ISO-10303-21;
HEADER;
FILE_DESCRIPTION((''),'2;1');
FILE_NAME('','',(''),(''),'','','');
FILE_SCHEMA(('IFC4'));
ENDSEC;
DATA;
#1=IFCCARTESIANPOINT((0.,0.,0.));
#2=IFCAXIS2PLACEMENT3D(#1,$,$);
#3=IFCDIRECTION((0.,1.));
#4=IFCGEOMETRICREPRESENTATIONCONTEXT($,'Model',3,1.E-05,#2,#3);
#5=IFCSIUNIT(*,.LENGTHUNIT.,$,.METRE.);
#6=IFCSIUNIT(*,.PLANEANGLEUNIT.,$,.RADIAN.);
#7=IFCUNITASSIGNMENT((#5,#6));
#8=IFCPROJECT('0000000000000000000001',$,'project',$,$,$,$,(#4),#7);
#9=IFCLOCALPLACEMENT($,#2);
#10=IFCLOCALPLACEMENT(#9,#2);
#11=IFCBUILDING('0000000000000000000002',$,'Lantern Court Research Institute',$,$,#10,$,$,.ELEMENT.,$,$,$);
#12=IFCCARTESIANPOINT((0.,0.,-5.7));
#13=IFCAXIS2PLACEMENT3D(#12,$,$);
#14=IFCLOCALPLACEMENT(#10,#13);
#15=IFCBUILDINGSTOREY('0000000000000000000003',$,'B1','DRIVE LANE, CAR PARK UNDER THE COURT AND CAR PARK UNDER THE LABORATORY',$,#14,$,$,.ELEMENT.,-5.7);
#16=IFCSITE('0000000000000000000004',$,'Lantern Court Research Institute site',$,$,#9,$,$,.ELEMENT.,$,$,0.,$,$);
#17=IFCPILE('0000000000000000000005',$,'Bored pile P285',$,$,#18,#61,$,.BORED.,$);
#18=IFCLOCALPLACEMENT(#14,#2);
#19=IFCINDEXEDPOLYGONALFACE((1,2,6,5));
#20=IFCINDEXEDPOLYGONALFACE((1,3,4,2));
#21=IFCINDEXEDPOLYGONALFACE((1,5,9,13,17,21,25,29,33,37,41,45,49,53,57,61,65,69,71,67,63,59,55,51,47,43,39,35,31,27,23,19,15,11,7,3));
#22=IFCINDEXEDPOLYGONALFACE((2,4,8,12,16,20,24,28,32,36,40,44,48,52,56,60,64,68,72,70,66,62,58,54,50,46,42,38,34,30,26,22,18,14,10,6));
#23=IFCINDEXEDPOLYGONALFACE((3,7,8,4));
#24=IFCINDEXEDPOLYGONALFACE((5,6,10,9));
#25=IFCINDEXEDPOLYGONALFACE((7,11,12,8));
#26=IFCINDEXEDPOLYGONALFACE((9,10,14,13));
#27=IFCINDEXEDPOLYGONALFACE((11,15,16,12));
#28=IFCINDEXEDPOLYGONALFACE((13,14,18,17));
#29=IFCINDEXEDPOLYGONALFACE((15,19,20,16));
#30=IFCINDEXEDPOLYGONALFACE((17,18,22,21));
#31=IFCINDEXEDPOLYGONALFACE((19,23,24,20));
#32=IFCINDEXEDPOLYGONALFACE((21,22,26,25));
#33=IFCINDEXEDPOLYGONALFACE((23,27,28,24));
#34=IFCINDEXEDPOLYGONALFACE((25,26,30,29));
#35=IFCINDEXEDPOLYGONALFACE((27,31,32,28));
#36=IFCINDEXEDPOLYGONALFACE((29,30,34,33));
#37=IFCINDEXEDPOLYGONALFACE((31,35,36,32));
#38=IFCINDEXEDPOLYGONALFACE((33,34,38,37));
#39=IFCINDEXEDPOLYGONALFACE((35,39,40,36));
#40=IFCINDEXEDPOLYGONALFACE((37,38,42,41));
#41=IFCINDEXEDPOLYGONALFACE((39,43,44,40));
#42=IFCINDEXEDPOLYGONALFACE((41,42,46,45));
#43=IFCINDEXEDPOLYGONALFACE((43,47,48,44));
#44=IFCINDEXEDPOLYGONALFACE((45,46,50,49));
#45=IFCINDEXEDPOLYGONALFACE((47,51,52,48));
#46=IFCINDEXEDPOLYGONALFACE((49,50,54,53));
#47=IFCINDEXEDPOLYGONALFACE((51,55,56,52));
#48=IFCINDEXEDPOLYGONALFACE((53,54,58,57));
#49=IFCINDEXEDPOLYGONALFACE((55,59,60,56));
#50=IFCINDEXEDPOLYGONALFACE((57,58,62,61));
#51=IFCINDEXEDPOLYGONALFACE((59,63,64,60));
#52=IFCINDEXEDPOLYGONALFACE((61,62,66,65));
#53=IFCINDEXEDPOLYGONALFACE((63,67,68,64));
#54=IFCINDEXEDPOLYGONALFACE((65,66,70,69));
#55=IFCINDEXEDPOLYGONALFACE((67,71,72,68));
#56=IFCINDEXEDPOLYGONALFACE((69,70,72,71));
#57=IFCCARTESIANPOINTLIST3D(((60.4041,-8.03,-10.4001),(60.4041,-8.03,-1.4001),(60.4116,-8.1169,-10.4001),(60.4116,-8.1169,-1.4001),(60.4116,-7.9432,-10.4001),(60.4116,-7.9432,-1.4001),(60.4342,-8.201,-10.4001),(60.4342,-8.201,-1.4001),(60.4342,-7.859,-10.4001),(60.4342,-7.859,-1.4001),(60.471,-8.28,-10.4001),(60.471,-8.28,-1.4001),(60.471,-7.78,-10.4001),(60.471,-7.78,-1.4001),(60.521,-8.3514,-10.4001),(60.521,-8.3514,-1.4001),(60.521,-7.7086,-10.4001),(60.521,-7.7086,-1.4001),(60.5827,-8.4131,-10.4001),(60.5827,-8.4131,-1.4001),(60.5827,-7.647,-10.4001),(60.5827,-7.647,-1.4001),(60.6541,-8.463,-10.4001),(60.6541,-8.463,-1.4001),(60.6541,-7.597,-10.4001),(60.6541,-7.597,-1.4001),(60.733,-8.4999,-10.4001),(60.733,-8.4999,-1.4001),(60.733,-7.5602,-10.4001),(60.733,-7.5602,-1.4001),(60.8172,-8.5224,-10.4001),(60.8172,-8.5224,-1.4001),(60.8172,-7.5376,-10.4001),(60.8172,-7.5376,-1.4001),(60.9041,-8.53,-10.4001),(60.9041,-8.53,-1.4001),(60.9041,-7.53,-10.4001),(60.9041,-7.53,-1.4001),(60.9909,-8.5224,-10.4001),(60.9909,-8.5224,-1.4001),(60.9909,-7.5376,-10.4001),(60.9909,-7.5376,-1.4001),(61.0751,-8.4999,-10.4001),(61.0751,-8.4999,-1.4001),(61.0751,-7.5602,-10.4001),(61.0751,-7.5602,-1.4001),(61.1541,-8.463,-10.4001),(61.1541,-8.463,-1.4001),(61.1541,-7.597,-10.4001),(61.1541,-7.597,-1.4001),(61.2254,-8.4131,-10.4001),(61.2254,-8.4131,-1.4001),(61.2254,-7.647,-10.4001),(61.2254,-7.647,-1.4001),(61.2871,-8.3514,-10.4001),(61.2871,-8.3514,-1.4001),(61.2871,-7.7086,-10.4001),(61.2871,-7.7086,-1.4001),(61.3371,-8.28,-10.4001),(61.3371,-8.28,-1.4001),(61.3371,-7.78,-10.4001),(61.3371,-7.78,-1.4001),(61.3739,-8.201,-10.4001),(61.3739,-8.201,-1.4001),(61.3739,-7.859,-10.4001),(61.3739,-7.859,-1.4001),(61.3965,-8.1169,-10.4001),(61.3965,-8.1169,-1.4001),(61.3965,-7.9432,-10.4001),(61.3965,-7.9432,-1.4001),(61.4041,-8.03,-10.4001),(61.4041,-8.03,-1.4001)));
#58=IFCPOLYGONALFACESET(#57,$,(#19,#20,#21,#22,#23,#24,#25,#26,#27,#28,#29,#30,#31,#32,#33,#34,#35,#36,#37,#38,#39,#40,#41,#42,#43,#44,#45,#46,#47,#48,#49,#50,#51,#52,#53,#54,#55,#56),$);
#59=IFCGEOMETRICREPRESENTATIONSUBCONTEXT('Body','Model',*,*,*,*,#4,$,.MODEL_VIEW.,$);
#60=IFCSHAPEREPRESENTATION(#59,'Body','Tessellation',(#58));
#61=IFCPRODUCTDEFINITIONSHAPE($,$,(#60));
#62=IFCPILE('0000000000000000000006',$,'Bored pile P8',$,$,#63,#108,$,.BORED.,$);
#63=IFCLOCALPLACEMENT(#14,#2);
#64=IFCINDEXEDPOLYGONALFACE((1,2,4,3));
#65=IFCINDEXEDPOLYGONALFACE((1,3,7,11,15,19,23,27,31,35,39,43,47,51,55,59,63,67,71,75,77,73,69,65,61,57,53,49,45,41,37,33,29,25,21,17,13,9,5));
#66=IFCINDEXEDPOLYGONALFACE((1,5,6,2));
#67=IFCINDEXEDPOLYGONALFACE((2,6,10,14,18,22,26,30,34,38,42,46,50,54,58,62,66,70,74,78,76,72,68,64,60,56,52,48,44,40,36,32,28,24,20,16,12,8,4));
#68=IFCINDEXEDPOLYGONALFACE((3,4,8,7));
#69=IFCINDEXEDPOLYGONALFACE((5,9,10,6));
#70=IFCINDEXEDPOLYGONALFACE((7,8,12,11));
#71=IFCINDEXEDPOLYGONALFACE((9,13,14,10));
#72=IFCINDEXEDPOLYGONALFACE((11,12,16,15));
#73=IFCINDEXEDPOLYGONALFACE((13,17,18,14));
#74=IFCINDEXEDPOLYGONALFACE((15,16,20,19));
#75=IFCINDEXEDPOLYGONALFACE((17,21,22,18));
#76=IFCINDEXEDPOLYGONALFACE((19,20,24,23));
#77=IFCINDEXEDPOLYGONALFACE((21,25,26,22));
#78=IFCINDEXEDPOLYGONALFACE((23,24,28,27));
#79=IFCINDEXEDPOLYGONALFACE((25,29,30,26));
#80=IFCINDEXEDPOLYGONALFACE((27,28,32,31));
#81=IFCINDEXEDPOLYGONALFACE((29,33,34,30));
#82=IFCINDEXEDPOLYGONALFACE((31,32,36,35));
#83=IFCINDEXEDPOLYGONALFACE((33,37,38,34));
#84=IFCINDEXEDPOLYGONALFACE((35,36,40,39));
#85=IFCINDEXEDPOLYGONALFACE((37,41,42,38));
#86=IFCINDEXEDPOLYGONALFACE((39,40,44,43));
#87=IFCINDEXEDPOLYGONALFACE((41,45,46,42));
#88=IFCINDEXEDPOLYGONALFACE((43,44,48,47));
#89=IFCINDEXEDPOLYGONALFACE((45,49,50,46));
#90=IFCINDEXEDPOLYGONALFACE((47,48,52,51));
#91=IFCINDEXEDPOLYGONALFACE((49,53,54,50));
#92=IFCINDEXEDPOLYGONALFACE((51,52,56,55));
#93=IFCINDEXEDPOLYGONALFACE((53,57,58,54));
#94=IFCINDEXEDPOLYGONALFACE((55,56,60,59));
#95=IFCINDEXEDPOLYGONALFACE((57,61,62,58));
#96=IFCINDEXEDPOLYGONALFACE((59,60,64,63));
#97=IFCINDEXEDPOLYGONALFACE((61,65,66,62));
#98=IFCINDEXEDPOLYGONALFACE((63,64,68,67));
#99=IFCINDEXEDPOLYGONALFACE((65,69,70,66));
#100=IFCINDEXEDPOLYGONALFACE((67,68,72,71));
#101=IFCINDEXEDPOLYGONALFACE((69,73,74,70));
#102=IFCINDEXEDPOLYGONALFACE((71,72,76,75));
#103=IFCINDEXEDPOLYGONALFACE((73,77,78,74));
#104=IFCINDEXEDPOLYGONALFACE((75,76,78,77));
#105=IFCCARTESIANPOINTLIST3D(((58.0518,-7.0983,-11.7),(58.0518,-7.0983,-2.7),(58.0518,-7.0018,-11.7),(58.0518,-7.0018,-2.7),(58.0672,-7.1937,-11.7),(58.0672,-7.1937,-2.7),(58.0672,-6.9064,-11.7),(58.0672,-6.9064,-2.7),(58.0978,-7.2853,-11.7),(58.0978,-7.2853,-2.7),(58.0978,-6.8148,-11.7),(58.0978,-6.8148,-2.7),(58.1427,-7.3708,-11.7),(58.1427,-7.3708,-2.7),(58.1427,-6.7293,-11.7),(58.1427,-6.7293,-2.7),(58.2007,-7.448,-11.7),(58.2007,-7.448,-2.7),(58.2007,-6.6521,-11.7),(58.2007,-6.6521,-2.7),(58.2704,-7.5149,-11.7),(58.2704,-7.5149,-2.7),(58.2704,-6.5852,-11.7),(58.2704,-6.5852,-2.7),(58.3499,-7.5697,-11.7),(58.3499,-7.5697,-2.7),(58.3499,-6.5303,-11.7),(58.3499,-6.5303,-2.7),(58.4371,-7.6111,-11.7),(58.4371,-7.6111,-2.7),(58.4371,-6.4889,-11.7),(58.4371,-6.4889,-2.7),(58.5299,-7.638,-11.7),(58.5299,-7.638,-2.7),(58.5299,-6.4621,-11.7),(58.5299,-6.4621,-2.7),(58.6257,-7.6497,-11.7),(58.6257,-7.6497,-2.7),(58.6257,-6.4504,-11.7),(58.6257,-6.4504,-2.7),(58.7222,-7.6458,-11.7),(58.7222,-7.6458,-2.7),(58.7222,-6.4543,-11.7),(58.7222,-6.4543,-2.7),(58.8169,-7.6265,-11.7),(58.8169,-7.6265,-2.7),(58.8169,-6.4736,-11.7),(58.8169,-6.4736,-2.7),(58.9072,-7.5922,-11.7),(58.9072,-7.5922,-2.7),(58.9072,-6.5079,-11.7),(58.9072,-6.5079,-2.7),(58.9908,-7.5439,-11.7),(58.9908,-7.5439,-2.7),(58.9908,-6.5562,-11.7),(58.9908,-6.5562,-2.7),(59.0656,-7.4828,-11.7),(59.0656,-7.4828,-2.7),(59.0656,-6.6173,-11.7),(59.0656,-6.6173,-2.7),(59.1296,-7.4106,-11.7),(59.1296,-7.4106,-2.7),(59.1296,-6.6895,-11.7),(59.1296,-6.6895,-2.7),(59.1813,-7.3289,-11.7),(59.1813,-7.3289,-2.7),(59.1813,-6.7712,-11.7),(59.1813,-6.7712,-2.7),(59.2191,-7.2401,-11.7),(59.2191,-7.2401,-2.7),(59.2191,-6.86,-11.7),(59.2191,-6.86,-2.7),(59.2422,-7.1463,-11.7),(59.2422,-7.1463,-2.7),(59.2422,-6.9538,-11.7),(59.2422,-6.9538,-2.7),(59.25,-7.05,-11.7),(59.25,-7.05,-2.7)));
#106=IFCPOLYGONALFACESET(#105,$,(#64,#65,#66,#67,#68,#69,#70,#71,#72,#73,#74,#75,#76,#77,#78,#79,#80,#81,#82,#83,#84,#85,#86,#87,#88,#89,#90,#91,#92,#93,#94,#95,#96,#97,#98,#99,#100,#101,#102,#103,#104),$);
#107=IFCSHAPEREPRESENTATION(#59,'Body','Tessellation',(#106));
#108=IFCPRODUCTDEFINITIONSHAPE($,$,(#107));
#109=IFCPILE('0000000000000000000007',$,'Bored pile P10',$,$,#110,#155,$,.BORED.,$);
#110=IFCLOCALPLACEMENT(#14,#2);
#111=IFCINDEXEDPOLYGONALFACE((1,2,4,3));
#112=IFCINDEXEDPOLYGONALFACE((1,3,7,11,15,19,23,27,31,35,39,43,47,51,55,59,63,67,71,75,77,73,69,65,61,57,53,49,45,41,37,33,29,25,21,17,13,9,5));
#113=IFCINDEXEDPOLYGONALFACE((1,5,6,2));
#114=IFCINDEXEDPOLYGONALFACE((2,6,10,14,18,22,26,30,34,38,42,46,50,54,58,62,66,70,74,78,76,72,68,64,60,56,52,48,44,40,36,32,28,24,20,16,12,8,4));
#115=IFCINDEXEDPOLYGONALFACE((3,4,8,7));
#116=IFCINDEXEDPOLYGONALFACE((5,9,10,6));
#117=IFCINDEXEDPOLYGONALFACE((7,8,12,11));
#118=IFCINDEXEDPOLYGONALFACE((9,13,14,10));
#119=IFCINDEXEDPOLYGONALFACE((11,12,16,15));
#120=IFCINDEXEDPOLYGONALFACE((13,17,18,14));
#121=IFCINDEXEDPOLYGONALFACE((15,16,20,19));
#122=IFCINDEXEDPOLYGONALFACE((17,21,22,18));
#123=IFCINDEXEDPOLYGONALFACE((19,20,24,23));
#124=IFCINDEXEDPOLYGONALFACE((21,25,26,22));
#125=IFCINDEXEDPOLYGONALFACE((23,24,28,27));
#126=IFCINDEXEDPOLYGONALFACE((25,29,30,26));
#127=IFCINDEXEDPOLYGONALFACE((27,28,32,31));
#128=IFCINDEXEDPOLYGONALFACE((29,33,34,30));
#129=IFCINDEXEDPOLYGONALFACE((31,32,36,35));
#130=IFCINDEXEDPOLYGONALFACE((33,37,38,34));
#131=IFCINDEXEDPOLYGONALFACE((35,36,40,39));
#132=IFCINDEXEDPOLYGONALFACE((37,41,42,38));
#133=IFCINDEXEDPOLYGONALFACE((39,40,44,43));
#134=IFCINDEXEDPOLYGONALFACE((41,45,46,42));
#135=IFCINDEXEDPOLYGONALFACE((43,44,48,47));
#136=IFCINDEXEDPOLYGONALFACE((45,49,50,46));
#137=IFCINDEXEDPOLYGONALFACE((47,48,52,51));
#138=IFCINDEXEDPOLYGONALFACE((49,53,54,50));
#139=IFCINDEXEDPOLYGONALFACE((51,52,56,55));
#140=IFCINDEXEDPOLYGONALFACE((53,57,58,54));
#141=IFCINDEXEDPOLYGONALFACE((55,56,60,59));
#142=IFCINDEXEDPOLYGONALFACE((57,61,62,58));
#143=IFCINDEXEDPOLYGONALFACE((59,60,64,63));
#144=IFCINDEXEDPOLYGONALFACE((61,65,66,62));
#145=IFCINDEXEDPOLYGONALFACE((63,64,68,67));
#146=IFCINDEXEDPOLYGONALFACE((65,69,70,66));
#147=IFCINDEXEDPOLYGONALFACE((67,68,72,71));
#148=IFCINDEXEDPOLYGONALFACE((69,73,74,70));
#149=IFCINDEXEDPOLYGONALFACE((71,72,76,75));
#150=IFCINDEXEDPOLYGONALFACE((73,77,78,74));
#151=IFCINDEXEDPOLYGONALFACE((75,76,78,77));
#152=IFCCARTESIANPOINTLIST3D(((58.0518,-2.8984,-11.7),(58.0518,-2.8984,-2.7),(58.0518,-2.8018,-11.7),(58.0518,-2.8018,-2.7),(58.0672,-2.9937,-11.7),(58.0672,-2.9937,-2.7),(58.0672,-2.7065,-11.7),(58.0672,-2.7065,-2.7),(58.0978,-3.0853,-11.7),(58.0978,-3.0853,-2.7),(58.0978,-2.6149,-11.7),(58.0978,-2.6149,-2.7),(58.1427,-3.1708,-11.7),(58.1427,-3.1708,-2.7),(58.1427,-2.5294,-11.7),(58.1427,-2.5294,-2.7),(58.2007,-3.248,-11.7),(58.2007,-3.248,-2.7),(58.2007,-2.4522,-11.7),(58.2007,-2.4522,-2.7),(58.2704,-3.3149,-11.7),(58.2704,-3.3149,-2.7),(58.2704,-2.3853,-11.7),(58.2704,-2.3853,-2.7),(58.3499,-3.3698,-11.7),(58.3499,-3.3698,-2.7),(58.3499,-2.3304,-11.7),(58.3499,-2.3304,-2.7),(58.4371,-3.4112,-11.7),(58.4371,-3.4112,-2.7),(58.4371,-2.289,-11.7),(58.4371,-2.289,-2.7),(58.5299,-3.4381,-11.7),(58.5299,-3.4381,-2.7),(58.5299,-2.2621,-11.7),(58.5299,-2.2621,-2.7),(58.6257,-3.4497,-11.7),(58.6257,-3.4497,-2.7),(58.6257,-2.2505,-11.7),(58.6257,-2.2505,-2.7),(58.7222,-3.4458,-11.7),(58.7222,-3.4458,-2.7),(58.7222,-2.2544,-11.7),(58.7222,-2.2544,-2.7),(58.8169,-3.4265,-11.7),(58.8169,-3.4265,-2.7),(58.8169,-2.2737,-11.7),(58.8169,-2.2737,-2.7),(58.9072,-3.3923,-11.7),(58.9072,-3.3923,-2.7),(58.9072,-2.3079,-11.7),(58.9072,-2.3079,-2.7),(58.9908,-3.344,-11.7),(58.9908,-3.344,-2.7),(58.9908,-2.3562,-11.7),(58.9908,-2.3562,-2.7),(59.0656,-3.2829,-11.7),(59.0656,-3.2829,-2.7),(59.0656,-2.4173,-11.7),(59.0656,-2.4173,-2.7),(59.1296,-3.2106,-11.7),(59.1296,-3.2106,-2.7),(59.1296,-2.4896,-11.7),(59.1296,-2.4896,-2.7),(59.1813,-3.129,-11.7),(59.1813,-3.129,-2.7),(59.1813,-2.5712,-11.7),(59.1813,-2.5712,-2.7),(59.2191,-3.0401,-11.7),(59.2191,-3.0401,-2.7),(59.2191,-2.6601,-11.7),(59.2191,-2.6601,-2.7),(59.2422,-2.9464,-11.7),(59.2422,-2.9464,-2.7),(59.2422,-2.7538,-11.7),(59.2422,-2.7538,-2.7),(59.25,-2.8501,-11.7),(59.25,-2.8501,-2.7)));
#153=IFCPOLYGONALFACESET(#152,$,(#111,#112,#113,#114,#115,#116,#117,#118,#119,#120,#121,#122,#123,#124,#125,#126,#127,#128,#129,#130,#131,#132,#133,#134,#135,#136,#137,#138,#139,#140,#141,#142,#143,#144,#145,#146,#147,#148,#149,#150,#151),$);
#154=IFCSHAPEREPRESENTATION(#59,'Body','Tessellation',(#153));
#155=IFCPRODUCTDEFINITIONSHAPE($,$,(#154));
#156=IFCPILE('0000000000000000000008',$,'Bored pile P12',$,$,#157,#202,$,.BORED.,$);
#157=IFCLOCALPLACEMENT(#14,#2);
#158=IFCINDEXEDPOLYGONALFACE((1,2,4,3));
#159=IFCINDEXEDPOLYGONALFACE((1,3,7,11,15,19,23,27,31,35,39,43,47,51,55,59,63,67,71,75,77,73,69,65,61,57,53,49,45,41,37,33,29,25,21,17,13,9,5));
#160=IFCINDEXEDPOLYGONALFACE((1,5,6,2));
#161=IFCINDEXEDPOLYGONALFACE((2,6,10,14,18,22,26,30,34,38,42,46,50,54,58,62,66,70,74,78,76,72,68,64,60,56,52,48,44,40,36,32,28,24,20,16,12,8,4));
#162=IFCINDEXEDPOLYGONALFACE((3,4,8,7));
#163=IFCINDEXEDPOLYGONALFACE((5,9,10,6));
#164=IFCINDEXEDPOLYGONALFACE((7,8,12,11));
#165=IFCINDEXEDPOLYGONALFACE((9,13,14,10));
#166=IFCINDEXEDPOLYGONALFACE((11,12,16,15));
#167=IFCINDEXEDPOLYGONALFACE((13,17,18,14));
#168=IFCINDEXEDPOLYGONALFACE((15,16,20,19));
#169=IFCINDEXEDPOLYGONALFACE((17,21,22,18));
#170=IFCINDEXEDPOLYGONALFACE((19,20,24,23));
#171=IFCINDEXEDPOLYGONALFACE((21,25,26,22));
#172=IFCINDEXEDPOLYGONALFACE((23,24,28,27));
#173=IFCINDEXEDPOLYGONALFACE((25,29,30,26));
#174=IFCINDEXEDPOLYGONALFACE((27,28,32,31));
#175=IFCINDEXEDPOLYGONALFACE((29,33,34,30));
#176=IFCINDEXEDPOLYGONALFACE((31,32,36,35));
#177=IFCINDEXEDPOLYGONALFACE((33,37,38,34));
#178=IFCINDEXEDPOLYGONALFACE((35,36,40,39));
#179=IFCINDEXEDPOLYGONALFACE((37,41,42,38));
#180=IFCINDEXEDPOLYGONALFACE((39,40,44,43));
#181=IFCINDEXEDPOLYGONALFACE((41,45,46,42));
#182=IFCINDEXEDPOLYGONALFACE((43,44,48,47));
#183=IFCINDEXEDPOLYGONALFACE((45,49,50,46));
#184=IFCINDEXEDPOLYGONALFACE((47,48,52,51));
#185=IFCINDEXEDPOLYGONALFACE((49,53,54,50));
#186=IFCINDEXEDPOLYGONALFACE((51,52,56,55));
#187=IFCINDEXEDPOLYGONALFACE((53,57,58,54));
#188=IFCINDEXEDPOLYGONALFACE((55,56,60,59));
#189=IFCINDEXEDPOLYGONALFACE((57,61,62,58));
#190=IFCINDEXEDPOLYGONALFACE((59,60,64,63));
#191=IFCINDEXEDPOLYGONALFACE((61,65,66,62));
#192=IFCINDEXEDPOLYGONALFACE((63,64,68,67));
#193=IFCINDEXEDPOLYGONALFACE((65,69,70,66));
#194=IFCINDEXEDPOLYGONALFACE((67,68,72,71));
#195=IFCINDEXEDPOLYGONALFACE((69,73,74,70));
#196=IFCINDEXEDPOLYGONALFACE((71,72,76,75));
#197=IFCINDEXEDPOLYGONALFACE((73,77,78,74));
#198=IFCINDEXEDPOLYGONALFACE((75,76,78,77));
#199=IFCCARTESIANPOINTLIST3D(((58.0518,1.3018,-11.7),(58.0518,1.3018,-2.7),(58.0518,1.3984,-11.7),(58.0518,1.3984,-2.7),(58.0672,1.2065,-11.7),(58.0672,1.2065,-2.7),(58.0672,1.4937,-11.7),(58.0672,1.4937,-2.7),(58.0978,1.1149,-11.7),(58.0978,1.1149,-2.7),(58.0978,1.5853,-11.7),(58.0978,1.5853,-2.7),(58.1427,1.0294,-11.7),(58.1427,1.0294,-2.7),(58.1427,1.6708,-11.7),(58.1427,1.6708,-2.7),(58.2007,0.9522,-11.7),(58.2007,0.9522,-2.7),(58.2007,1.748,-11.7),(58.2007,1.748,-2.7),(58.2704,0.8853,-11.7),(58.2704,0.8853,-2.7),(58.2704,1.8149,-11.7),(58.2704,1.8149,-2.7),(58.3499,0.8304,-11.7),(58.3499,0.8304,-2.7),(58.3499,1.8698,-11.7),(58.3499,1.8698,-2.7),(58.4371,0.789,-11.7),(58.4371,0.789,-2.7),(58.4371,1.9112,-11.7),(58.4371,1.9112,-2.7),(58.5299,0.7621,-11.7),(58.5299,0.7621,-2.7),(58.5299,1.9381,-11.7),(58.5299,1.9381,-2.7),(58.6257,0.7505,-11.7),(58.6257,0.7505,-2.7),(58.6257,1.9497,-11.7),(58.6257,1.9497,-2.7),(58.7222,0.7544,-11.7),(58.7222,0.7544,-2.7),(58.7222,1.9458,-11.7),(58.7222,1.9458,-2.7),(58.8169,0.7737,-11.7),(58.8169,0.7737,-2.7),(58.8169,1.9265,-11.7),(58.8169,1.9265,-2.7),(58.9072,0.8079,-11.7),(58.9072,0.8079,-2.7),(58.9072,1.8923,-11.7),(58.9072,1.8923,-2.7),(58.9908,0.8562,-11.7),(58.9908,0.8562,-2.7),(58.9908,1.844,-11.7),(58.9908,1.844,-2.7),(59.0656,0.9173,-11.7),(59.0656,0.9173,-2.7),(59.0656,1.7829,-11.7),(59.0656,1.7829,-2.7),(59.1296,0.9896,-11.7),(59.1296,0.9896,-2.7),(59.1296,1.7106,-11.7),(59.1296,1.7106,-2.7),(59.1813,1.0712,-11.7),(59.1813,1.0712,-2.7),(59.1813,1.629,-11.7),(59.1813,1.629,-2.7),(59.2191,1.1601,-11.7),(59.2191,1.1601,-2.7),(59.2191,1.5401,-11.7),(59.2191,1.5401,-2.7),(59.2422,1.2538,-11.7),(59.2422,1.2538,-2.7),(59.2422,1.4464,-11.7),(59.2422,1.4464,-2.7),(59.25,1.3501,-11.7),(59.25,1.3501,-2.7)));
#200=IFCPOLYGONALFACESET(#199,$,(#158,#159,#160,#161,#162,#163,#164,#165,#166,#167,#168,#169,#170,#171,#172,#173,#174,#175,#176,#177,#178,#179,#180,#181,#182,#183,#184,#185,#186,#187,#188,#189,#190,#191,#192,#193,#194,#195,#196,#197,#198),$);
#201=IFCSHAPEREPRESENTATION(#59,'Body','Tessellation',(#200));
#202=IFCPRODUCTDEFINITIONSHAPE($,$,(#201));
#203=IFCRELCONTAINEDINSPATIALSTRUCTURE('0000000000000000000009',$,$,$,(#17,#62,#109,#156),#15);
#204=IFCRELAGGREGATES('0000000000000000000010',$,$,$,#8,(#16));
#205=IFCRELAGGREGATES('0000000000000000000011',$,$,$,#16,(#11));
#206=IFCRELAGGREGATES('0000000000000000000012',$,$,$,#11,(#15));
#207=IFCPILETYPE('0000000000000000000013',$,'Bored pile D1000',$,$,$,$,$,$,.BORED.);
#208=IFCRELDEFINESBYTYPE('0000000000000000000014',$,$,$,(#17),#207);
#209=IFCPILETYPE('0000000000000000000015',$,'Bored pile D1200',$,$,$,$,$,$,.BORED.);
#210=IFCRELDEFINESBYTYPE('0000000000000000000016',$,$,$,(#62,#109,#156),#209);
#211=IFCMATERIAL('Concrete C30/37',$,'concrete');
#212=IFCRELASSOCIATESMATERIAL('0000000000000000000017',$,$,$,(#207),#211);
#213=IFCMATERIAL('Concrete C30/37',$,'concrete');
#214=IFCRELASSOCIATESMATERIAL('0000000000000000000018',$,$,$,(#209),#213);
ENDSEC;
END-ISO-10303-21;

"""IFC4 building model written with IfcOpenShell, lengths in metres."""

from ifc_helpers import new_model, si_unit, direction, frame, origin, origin_2d, place, context, subcontext, project, spatial, circle, extrude, material, material_profile, profile_set, type_object, element, save


model = new_model("IFC4")

# Units and contexts
model_context = context("Model", 3, precision=1e-05, world=origin(), true_north=direction((0.0, 1.0)))
body_context = subcontext(model_context, "Body", "Model", "MODEL_VIEW")
ifc_project = project(units=[si_unit("LENGTHUNIT", "METRE"), si_unit("PLANEANGLEUNIT", "RADIAN")], contexts=[model_context])

# Site, building, storey
site_placement = place(None, origin())
site = spatial("IfcSite", under=ifc_project, at=site_placement, Name="Lantern Court Research Institute site", CompositionType="ELEMENT", RefElevation=0.0)
building_placement = place(site_placement, origin())
building = spatial("IfcBuilding", under=site, at=building_placement, Name="Lantern Court Research Institute", CompositionType="ELEMENT")
storey_placement = place(building_placement, frame((0.0, 0.0, -5.7)))
storey = spatial("IfcBuildingStorey", under=building, at=storey_placement, Name="B1", Description="DRIVE LANE, CAR PARK UNDER THE COURT AND CAR PARK UNDER THE LABORATORY", CompositionType="ELEMENT", Elevation=-5.7)

# Piles
ifc_material_1 = material(Name="Concrete C30/37", Category="concrete")
ifc_material_profile_1 = material_profile(ifc_material_1, circle(Radius=0.5, at=origin_2d()), Name="Bored pile D1000")
ifc_profile_set_1 = profile_set([ifc_material_profile_1], Name="Concrete C30/37")
pile_type_1 = type_object("IfcPileType", Name="Bored pile D1000", PredefinedType="BORED", material=ifc_profile_set_1)
pile_placement = place(storey_placement, frame((60.9041, -8.03, -1.4001), z_axis=(0.0, 0.0, -1.0), x_axis=(1.0, 0.0, 0.0)))
element("IfcPile", 1, at=pile_placement, inside=storey, type_object=pile_type_1, Name="Bored pile P285", PredefinedType="BORED", context=body_context, shape_type="SweptSolid", body=[
    extrude(circle(Radius=0.5, at=origin_2d()), origin(), (0.0, 0.0, 1.0), 9.0),
])
ifc_material_2 = material(Name="Concrete C30/37", Category="concrete")
ifc_material_profile_2 = material_profile(ifc_material_2, circle(Radius=0.6001, at=origin_2d()), Name="Bored pile D1200")
ifc_profile_set_2 = profile_set([ifc_material_profile_2], Name="Concrete C30/37")
pile_type_2 = type_object("IfcPileType", Name="Bored pile D1200", PredefinedType="BORED", material=ifc_profile_set_2)
for number, where, z_axis, x_axis, name in (
    (2, (58.6499, -7.05, -2.7), (0.0, 0.0, -1.0), (1.0, 0.0, 0.0), "Bored pile P8"),
    (3, (58.6499, -2.8501, -2.7), (0.0, 0.0, -1.0), (1.0, 0.0, 0.0), "Bored pile P10"),
    (4, (58.6499, 1.3501, -2.7), (0.0, 0.0, -1.0), (1.0, 0.0, 0.0), "Bored pile P12"),
):
    element("IfcPile", number, at=place(storey_placement, frame(where, z_axis=z_axis, x_axis=x_axis)), inside=storey, type_object=pile_type_2, Name=name, PredefinedType="BORED", context=body_context, shape_type="SweptSolid", body=[
        extrude(circle(Radius=0.6001, at=origin_2d()), origin(), (0.0, 0.0, 1.0), 9.0),
    ])

save(model, "model.ifc")
